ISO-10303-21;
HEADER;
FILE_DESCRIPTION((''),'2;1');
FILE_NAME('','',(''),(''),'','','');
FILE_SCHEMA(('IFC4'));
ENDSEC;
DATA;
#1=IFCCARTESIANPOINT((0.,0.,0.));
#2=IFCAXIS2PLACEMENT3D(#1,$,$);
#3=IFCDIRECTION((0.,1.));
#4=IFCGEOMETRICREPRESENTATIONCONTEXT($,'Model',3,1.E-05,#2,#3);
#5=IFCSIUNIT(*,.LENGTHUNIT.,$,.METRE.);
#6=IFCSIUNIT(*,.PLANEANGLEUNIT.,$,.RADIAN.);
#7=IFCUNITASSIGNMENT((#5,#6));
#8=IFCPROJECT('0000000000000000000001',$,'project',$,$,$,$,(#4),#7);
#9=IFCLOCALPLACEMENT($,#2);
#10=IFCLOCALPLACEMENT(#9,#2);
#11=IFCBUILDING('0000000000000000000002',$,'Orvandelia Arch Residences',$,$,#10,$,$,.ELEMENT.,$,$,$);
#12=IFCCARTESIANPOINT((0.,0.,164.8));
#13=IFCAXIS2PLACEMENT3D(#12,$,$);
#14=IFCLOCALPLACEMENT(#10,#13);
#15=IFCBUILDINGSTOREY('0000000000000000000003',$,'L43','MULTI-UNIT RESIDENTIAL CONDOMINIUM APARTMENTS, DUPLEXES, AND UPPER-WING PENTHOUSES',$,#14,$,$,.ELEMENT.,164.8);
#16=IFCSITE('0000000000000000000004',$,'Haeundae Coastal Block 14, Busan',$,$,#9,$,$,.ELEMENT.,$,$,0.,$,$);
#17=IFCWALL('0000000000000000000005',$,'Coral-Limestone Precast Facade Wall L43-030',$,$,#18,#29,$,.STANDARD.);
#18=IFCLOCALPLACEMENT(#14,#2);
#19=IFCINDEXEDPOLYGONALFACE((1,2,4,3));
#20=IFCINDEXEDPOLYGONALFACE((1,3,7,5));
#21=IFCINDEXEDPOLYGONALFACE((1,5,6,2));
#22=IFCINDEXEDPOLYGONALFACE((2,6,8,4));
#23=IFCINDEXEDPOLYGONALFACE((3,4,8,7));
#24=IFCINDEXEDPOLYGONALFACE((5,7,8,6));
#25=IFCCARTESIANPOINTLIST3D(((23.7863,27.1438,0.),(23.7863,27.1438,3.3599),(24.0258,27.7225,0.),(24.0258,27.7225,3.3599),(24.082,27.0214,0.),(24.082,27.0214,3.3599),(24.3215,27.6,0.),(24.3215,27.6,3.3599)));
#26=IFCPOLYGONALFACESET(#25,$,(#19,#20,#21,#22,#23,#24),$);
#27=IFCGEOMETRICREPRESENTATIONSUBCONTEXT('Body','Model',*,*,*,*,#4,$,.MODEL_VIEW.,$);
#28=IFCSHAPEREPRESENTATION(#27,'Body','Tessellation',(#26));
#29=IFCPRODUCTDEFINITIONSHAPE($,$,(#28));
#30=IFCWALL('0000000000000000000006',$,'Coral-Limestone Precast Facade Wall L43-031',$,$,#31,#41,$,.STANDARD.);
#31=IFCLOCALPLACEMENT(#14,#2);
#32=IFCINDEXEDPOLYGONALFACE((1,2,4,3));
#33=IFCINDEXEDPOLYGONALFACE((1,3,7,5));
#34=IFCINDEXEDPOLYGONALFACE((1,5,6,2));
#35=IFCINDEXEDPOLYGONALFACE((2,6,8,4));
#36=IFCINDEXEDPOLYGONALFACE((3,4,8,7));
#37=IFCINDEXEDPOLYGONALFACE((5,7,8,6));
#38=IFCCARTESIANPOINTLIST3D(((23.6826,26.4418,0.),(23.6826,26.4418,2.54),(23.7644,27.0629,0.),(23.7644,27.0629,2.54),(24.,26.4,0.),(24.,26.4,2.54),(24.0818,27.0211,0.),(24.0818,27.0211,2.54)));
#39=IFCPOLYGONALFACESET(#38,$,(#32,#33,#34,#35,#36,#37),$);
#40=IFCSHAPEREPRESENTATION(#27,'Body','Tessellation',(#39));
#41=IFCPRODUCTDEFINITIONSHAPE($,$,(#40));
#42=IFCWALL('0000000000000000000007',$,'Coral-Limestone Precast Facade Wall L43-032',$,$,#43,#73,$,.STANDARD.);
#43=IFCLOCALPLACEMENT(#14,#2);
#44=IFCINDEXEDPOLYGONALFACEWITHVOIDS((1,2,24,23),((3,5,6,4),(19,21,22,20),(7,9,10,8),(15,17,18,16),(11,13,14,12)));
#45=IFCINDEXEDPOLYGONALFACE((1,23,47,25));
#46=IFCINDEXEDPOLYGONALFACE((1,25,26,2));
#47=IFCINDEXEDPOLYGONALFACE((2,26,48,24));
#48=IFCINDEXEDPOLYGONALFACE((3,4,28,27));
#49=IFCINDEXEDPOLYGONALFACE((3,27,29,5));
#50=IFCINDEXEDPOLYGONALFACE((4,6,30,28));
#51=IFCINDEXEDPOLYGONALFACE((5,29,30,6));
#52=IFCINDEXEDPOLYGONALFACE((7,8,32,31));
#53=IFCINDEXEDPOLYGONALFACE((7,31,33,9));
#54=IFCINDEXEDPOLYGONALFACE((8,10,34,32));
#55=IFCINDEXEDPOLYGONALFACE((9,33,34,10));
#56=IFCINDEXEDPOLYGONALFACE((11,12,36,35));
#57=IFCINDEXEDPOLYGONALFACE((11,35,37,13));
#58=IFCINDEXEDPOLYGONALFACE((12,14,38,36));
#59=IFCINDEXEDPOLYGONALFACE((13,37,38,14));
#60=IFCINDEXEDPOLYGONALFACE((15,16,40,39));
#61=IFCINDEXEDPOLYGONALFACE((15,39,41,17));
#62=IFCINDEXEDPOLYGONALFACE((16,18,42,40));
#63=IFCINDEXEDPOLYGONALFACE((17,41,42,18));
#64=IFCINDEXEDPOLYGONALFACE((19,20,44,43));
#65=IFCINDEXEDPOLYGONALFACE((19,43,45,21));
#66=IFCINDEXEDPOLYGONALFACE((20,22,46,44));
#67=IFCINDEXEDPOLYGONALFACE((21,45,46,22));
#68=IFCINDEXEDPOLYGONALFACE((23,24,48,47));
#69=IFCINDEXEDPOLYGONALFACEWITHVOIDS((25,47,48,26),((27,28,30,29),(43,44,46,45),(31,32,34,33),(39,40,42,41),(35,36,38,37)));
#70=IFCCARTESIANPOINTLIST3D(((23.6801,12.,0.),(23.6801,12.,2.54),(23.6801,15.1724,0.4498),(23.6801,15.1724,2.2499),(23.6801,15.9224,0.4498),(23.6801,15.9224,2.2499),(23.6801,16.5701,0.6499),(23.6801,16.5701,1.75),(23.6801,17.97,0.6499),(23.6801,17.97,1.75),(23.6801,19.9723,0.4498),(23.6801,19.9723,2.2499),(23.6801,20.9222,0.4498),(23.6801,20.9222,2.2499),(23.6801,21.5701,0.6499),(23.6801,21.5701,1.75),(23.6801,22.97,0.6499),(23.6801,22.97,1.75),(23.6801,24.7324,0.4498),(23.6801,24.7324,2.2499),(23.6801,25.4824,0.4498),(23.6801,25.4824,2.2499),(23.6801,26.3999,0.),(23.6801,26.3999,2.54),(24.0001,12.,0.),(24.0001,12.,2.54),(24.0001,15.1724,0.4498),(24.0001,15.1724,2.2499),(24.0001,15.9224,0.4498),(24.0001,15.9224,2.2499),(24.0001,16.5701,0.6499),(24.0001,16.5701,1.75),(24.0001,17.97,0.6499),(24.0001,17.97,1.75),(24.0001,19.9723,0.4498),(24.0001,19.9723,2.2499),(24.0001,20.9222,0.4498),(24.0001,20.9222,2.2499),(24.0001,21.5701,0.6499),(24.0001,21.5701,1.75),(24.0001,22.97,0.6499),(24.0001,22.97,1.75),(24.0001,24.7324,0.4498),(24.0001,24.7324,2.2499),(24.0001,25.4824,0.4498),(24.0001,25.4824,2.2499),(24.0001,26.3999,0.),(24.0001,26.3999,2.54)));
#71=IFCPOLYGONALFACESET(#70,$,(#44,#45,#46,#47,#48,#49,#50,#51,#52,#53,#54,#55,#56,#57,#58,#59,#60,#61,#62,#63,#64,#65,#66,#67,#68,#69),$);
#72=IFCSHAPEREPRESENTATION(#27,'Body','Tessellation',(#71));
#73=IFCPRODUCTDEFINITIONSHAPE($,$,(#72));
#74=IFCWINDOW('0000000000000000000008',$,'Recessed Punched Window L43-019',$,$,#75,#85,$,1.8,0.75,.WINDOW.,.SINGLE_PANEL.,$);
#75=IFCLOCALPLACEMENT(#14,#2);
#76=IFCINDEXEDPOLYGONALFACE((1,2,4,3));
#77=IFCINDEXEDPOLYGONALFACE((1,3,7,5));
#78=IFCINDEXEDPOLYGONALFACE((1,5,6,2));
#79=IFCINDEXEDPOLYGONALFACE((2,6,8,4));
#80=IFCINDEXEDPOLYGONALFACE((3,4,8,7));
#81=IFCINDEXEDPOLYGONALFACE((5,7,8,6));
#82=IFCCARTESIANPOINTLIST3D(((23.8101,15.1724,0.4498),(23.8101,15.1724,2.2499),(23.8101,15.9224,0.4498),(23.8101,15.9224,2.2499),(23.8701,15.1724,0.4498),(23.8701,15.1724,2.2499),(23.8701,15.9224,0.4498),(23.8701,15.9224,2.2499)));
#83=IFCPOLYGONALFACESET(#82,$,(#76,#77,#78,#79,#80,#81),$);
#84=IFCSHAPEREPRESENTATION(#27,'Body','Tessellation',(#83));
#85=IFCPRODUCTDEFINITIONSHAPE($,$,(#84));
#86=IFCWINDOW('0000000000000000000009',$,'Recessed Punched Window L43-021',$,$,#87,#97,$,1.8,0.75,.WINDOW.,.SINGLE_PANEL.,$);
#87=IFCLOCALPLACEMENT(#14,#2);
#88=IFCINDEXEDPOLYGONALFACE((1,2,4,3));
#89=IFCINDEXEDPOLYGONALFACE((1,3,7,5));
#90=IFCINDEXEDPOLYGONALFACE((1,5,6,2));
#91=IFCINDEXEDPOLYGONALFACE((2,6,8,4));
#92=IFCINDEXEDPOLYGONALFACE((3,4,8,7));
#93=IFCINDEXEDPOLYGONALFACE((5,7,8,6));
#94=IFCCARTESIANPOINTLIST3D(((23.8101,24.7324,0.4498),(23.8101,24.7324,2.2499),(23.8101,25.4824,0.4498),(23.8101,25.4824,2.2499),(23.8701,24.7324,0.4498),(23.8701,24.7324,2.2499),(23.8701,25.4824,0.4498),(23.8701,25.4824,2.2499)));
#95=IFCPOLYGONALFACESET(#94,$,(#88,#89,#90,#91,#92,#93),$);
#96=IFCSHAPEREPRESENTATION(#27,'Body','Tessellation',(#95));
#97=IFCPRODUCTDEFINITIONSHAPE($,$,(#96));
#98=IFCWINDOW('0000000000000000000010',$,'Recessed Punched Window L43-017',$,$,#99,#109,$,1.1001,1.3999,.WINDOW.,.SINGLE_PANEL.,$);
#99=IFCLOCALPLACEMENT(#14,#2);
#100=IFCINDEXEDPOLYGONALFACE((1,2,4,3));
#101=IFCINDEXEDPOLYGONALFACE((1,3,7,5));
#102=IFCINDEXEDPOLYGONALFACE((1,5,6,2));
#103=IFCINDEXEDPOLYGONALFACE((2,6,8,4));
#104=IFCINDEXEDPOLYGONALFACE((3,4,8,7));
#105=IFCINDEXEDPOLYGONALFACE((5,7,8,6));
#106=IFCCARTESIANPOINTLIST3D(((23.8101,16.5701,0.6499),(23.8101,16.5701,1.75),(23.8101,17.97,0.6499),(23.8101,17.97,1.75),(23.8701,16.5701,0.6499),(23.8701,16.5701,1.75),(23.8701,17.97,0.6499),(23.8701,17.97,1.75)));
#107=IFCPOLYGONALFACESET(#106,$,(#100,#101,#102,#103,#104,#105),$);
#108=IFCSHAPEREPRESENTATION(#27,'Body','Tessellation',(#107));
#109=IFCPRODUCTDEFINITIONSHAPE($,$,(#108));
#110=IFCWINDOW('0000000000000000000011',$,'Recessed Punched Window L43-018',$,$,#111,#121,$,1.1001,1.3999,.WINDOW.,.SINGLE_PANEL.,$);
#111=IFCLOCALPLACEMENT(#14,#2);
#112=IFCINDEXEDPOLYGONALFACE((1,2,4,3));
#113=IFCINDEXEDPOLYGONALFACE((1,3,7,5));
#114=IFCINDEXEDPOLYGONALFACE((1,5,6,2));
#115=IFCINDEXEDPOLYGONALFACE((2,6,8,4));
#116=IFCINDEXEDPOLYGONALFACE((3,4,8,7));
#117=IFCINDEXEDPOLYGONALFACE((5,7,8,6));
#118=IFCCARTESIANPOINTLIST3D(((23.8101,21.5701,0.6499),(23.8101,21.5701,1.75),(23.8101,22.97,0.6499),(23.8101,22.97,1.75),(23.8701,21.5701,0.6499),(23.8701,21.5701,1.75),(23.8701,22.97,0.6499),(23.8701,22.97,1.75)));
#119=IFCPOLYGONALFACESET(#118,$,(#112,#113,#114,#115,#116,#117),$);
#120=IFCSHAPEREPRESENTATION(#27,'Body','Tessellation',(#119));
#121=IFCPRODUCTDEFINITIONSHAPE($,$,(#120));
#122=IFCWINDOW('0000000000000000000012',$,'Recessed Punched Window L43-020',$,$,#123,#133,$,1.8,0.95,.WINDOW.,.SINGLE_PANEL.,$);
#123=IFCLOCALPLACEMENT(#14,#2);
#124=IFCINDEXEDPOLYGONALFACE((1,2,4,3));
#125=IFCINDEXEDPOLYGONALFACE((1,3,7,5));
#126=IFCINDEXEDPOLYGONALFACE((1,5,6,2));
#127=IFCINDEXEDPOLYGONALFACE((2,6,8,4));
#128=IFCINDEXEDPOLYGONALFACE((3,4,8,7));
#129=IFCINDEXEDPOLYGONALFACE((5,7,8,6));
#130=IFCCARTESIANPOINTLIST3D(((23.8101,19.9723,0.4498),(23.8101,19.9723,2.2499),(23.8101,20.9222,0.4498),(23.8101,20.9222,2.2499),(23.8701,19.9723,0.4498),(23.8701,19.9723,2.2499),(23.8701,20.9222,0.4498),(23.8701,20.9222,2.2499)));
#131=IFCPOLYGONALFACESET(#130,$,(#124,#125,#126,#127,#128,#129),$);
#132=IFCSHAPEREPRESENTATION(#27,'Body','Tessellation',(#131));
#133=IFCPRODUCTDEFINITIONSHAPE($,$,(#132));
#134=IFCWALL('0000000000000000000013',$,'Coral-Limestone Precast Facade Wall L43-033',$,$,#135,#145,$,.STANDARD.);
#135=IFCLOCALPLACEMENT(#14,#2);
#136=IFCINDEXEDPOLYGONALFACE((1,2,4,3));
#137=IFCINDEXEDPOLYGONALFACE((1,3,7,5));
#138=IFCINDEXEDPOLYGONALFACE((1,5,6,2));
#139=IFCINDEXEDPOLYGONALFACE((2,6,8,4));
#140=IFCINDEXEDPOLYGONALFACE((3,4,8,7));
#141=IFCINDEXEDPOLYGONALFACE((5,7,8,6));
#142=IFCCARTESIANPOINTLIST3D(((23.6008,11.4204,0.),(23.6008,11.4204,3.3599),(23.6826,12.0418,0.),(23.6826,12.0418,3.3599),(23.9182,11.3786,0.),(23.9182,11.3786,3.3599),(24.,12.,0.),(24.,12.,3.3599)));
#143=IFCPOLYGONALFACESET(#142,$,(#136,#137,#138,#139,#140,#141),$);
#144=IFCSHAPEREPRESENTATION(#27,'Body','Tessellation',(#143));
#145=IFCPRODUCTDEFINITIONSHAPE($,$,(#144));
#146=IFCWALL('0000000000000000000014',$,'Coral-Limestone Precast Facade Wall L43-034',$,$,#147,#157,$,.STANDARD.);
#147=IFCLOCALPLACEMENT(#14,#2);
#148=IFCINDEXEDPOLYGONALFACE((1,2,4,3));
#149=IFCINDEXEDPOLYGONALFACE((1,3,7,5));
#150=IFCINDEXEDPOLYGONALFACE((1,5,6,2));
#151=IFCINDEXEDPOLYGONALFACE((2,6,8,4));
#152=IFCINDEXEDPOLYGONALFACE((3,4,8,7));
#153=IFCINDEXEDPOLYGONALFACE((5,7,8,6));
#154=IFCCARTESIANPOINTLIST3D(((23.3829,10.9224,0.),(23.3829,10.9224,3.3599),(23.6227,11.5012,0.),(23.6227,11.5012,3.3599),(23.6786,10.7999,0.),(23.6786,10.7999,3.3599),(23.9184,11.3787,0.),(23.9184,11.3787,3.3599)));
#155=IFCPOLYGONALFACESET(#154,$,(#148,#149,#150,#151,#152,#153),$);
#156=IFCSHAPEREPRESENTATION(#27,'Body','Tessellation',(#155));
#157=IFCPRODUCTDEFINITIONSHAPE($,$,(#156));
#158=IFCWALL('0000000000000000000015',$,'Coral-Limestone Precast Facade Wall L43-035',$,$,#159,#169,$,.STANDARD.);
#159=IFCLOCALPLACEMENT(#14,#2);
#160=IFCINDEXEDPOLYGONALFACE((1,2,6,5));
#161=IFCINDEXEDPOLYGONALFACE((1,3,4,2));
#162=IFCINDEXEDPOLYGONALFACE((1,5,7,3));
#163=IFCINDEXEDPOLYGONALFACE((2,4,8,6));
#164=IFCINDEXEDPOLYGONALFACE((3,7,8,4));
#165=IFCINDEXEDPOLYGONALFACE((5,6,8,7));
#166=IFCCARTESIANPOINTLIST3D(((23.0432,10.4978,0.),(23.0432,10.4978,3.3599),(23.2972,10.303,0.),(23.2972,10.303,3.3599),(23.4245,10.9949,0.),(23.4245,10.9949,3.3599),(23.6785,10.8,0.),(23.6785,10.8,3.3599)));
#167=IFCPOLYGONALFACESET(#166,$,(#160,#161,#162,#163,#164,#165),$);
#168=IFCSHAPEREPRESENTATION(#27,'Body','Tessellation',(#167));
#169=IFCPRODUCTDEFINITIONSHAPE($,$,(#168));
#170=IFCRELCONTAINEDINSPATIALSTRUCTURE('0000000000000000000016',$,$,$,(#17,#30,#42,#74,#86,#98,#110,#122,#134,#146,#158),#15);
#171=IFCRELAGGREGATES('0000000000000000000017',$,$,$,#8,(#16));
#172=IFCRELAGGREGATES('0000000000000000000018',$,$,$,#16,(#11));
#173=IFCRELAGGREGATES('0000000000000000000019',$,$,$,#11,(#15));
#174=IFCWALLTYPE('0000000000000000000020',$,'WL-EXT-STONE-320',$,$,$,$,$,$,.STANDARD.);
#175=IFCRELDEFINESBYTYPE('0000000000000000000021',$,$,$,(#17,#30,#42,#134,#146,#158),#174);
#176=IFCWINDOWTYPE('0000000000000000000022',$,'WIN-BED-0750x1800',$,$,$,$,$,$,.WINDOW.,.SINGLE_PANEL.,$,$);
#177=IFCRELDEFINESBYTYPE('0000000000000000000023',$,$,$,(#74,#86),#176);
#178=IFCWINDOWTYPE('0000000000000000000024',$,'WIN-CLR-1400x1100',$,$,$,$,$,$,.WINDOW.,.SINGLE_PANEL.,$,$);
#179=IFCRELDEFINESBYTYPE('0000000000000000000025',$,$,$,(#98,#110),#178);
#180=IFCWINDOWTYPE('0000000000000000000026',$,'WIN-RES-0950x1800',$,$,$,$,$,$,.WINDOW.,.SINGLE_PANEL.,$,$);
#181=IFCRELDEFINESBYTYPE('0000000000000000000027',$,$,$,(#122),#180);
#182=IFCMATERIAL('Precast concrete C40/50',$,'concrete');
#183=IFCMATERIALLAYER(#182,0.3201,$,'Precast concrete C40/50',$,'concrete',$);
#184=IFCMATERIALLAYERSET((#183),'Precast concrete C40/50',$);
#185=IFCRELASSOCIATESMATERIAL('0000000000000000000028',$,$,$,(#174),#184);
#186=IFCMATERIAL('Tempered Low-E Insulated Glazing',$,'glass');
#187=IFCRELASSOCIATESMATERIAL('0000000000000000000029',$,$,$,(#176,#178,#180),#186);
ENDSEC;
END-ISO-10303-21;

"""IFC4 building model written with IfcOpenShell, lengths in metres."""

from ifc_helpers import new_model, si_unit, direction, frame, frame_2d, origin, place, context, subcontext, project, spatial, rectangle, extrude, material, layer, layer_set, type_object, element, fill, save


model = new_model("IFC4")

# Units and contexts
model_context = context("Model", 3, precision=1e-05, world=origin(), true_north=direction((0.0, 1.0)))
body_context = subcontext(model_context, "Body", "Model", "MODEL_VIEW")
ifc_project = project(units=[si_unit("LENGTHUNIT", "METRE"), si_unit("PLANEANGLEUNIT", "RADIAN")], contexts=[model_context])

# Site, building, storey
site_placement = place(None, origin())
site = spatial("IfcSite", under=ifc_project, at=site_placement, Name="Haeundae Coastal Block 14, Busan", CompositionType="ELEMENT", RefElevation=0.0)
building_placement = place(site_placement, origin())
building = spatial("IfcBuilding", under=site, at=building_placement, Name="Orvandelia Arch Residences", CompositionType="ELEMENT")
storey_placement = place(building_placement, frame((0.0, 0.0, 164.8)))
storey = spatial("IfcBuildingStorey", under=building, at=storey_placement, Name="L43", Description="MULTI-UNIT RESIDENTIAL CONDOMINIUM APARTMENTS, DUPLEXES, AND UPPER-WING PENTHOUSES", CompositionType="ELEMENT", Elevation=164.8)

# Walls
ifc_material_1 = material(Name="Precast concrete C40/50", Category="concrete")
ifc_layer = layer(ifc_material_1, 0.3201, Name="Precast concrete C40/50", Category="concrete")
ifc_layer_set = layer_set([ifc_layer], Name="Precast concrete C40/50")
wall_type = type_object("IfcWallType", Name="WL-EXT-STONE-320", PredefinedType="STANDARD", material=ifc_layer_set)
wall_1_placement = place(storey_placement, frame((24.1736, 27.6611, 0.0), z_axis=(0.0, 0.0, 1.0), x_axis=(-0.382455, -0.923974, 0.0)))
element("IfcWall", 1, at=wall_1_placement, inside=storey, type_object=wall_type, Name="Coral-Limestone Precast Facade Wall L43-030", PredefinedType="STANDARD", context=body_context, shape_type="SweptSolid", body=[
    extrude(rectangle(XDim=0.6262, YDim=0.3201, at=frame_2d((0.313, 0.0))), origin(), (0.0, 0.0, 1.0), 3.3599),
])
wall_2_placement = place(storey_placement, frame((23.9231, 27.042, 0.0), z_axis=(0.0, 0.0, 1.0), x_axis=(-0.130555, -0.991441, 0.0)))
element("IfcWall", 2, at=wall_2_placement, inside=storey, type_object=wall_type, Name="Coral-Limestone Precast Facade Wall L43-031", PredefinedType="STANDARD", context=body_context, shape_type="SweptSolid", body=[
    extrude(rectangle(XDim=0.6265, YDim=0.3201, at=frame_2d((0.3132, 0.0))), origin(), (0.0, 0.0, 1.0), 2.54),
])

# Wall, openings, windows
wall_3_placement = place(storey_placement, frame((23.8401, 26.3999, 0.0), z_axis=(0.0, 0.0, 1.0), x_axis=(0.0, -1.0, 0.0)))
wall_3 = element("IfcWall", 3, at=wall_3_placement, inside=storey, type_object=wall_type, Name="Coral-Limestone Precast Facade Wall L43-032", PredefinedType="STANDARD", context=body_context, shape_type="SweptSolid", body=[
    extrude(rectangle(XDim=14.3999, YDim=0.3201, at=frame_2d((7.2, 0.0))), origin(), (0.0, 0.0, 1.0), 2.54),
])
opening_1_placement = place(wall_3_placement, frame((8.4299, 0.0, 0.6499)))
opening_1 = element("IfcOpeningElement", 4, at=opening_1_placement, cuts=wall_3, PredefinedType="OPENING", context=body_context, shape_type="SweptSolid", body=[
    extrude(rectangle(XDim=1.3999, YDim=1.1001, at=frame_2d((0.7, 0.55))), frame((0.0, 0.1699, 0.0), z_axis=(0.0, -1.0, 0.0), x_axis=(1.0, 0.0, 0.0)), (0.0, 0.0, 1.0), 0.3401),
])
opening_2_placement = place(wall_3_placement, frame((3.4299, 0.0, 0.6499)))
opening_2 = element("IfcOpeningElement", 5, at=opening_2_placement, cuts=wall_3, PredefinedType="OPENING", context=body_context, shape_type="SweptSolid", body=[
    extrude(rectangle(XDim=1.3999, YDim=1.1001, at=frame_2d((0.7, 0.55))), frame((0.0, 0.1699, 0.0), z_axis=(0.0, -1.0, 0.0), x_axis=(1.0, 0.0, 0.0)), (0.0, 0.0, 1.0), 0.3401),
])
opening_3_placement = place(wall_3_placement, frame((10.4775, 0.0, 0.45)))
opening_3 = element("IfcOpeningElement", 6, at=opening_3_placement, cuts=wall_3, PredefinedType="OPENING", context=body_context, shape_type="SweptSolid", body=[
    extrude(rectangle(XDim=0.75, YDim=1.8, at=frame_2d((0.375, 0.8999))), frame((0.0, 0.1699, 0.0), z_axis=(0.0, -1.0, 0.0), x_axis=(1.0, 0.0, 0.0)), (0.0, 0.0, 1.0), 0.3401),
])
opening_4_placement = place(wall_3_placement, frame((5.4775, 0.0, 0.45)))
opening_4 = element("IfcOpeningElement", 7, at=opening_4_placement, cuts=wall_3, PredefinedType="OPENING", context=body_context, shape_type="SweptSolid", body=[
    extrude(rectangle(XDim=0.95, YDim=1.8, at=frame_2d((0.4751, 0.8999))), frame((0.0, 0.1699, 0.0), z_axis=(0.0, -1.0, 0.0), x_axis=(1.0, 0.0, 0.0)), (0.0, 0.0, 1.0), 0.3401),
])
opening_5_placement = place(wall_3_placement, frame((0.9175, 0.0, 0.45)))
opening_5 = element("IfcOpeningElement", 8, at=opening_5_placement, cuts=wall_3, PredefinedType="OPENING", context=body_context, shape_type="SweptSolid", body=[
    extrude(rectangle(XDim=0.75, YDim=1.8, at=frame_2d((0.375, 0.8999))), frame((0.0, 0.1699, 0.0), z_axis=(0.0, -1.0, 0.0), x_axis=(1.0, 0.0, 0.0)), (0.0, 0.0, 1.0), 0.3401),
])
ifc_material_2 = material(Name="Tempered Low-E Insulated Glazing", Category="glass")
window_type_1 = type_object("IfcWindowType", Name="WIN-BED-0750x1800", PartitioningType="SINGLE_PANEL", PredefinedType="WINDOW", material=ifc_material_2)
window_1_placement = place(opening_3_placement, origin())
window_1 = element("IfcWindow", 9, at=window_1_placement, inside=storey, type_object=window_type_1, Name="Recessed Punched Window L43-019", OverallHeight=1.8, OverallWidth=0.75, PartitioningType="SINGLE_PANEL", PredefinedType="WINDOW", context=body_context, shape_type="SweptSolid", body=[
    extrude(rectangle(XDim=0.75, YDim=1.8, at=frame_2d((0.375, 0.8999))), frame((0.0, 0.03, 0.0), z_axis=(0.0, -1.0, 0.0), x_axis=(1.0, 0.0, 0.0)), (0.0, 0.0, 1.0), 0.0601),
])
fill(opening_3, window_1)
window_2_placement = place(opening_5_placement, origin())
window_2 = element("IfcWindow", 10, at=window_2_placement, inside=storey, type_object=window_type_1, Name="Recessed Punched Window L43-021", OverallHeight=1.8, OverallWidth=0.75, PartitioningType="SINGLE_PANEL", PredefinedType="WINDOW", context=body_context, shape_type="SweptSolid", body=[
    extrude(rectangle(XDim=0.75, YDim=1.8, at=frame_2d((0.375, 0.8999))), frame((0.0, 0.03, 0.0), z_axis=(0.0, -1.0, 0.0), x_axis=(1.0, 0.0, 0.0)), (0.0, 0.0, 1.0), 0.0601),
])
fill(opening_5, window_2)
window_type_2 = type_object("IfcWindowType", Name="WIN-CLR-1400x1100", PartitioningType="SINGLE_PANEL", PredefinedType="WINDOW", material=ifc_material_2)
window_3_placement = place(opening_1_placement, origin())
window_3 = element("IfcWindow", 11, at=window_3_placement, inside=storey, type_object=window_type_2, Name="Recessed Punched Window L43-017", OverallHeight=1.1001, OverallWidth=1.3999, PartitioningType="SINGLE_PANEL", PredefinedType="WINDOW", context=body_context, shape_type="SweptSolid", body=[
    extrude(rectangle(XDim=1.3999, YDim=1.1001, at=frame_2d((0.7, 0.55))), frame((0.0, 0.03, 0.0), z_axis=(0.0, -1.0, 0.0), x_axis=(1.0, 0.0, 0.0)), (0.0, 0.0, 1.0), 0.0601),
])
fill(opening_1, window_3)
window_4_placement = place(opening_2_placement, origin())
window_4 = element("IfcWindow", 12, at=window_4_placement, inside=storey, type_object=window_type_2, Name="Recessed Punched Window L43-018", OverallHeight=1.1001, OverallWidth=1.3999, PartitioningType="SINGLE_PANEL", PredefinedType="WINDOW", context=body_context, shape_type="SweptSolid", body=[
    extrude(rectangle(XDim=1.3999, YDim=1.1001, at=frame_2d((0.7, 0.55))), frame((0.0, 0.03, 0.0), z_axis=(0.0, -1.0, 0.0), x_axis=(1.0, 0.0, 0.0)), (0.0, 0.0, 1.0), 0.0601),
])
fill(opening_2, window_4)
window_type_3 = type_object("IfcWindowType", Name="WIN-RES-0950x1800", PartitioningType="SINGLE_PANEL", PredefinedType="WINDOW", material=ifc_material_2)
window_5_placement = place(opening_4_placement, origin())
window_5 = element("IfcWindow", 13, at=window_5_placement, inside=storey, type_object=window_type_3, Name="Recessed Punched Window L43-020", OverallHeight=1.8, OverallWidth=0.95, PartitioningType="SINGLE_PANEL", PredefinedType="WINDOW", context=body_context, shape_type="SweptSolid", body=[
    extrude(rectangle(XDim=0.95, YDim=1.8, at=frame_2d((0.4751, 0.8999))), frame((0.0, 0.03, 0.0), z_axis=(0.0, -1.0, 0.0), x_axis=(1.0, 0.0, 0.0)), (0.0, 0.0, 1.0), 0.0601),
])
fill(opening_4, window_5)

# Walls
wall_4_placement = place(storey_placement, frame((23.8413, 12.021, 0.0), z_axis=(0.0, 0.0, 1.0), x_axis=(-0.130505, -0.991448, 0.0)))
element("IfcWall", 14, at=wall_4_placement, inside=storey, type_object=wall_type, Name="Coral-Limestone Precast Facade Wall L43-033", PredefinedType="STANDARD", context=body_context, shape_type="SweptSolid", body=[
    extrude(rectangle(XDim=0.6267, YDim=0.3201, at=frame_2d((0.3135, 0.0))), origin(), (0.0, 0.0, 1.0), 3.3599),
])
for number, where, z_axis, x_axis, name in (
    (15, (23.7705, 11.4399, 0.0), (0.0, 0.0, 1.0), (-0.38265, -0.923893, 0.0), "Coral-Limestone Precast Facade Wall L43-034"),
    (16, (23.5515, 10.8975, 0.0), (0.0, 0.0, 1.0), (-0.608693, -0.793406, 0.0), "Coral-Limestone Precast Facade Wall L43-035"),
):
    element("IfcWall", number, at=place(storey_placement, frame(where, z_axis=z_axis, x_axis=x_axis)), inside=storey, type_object=wall_type, Name=name, PredefinedType="STANDARD", context=body_context, shape_type="SweptSolid", body=[
        extrude(rectangle(XDim=0.6265, YDim=0.3201, at=frame_2d((0.3132, 0.0))), origin(), (0.0, 0.0, 1.0), 3.3599),
    ])

save(model, "model.ifc")
